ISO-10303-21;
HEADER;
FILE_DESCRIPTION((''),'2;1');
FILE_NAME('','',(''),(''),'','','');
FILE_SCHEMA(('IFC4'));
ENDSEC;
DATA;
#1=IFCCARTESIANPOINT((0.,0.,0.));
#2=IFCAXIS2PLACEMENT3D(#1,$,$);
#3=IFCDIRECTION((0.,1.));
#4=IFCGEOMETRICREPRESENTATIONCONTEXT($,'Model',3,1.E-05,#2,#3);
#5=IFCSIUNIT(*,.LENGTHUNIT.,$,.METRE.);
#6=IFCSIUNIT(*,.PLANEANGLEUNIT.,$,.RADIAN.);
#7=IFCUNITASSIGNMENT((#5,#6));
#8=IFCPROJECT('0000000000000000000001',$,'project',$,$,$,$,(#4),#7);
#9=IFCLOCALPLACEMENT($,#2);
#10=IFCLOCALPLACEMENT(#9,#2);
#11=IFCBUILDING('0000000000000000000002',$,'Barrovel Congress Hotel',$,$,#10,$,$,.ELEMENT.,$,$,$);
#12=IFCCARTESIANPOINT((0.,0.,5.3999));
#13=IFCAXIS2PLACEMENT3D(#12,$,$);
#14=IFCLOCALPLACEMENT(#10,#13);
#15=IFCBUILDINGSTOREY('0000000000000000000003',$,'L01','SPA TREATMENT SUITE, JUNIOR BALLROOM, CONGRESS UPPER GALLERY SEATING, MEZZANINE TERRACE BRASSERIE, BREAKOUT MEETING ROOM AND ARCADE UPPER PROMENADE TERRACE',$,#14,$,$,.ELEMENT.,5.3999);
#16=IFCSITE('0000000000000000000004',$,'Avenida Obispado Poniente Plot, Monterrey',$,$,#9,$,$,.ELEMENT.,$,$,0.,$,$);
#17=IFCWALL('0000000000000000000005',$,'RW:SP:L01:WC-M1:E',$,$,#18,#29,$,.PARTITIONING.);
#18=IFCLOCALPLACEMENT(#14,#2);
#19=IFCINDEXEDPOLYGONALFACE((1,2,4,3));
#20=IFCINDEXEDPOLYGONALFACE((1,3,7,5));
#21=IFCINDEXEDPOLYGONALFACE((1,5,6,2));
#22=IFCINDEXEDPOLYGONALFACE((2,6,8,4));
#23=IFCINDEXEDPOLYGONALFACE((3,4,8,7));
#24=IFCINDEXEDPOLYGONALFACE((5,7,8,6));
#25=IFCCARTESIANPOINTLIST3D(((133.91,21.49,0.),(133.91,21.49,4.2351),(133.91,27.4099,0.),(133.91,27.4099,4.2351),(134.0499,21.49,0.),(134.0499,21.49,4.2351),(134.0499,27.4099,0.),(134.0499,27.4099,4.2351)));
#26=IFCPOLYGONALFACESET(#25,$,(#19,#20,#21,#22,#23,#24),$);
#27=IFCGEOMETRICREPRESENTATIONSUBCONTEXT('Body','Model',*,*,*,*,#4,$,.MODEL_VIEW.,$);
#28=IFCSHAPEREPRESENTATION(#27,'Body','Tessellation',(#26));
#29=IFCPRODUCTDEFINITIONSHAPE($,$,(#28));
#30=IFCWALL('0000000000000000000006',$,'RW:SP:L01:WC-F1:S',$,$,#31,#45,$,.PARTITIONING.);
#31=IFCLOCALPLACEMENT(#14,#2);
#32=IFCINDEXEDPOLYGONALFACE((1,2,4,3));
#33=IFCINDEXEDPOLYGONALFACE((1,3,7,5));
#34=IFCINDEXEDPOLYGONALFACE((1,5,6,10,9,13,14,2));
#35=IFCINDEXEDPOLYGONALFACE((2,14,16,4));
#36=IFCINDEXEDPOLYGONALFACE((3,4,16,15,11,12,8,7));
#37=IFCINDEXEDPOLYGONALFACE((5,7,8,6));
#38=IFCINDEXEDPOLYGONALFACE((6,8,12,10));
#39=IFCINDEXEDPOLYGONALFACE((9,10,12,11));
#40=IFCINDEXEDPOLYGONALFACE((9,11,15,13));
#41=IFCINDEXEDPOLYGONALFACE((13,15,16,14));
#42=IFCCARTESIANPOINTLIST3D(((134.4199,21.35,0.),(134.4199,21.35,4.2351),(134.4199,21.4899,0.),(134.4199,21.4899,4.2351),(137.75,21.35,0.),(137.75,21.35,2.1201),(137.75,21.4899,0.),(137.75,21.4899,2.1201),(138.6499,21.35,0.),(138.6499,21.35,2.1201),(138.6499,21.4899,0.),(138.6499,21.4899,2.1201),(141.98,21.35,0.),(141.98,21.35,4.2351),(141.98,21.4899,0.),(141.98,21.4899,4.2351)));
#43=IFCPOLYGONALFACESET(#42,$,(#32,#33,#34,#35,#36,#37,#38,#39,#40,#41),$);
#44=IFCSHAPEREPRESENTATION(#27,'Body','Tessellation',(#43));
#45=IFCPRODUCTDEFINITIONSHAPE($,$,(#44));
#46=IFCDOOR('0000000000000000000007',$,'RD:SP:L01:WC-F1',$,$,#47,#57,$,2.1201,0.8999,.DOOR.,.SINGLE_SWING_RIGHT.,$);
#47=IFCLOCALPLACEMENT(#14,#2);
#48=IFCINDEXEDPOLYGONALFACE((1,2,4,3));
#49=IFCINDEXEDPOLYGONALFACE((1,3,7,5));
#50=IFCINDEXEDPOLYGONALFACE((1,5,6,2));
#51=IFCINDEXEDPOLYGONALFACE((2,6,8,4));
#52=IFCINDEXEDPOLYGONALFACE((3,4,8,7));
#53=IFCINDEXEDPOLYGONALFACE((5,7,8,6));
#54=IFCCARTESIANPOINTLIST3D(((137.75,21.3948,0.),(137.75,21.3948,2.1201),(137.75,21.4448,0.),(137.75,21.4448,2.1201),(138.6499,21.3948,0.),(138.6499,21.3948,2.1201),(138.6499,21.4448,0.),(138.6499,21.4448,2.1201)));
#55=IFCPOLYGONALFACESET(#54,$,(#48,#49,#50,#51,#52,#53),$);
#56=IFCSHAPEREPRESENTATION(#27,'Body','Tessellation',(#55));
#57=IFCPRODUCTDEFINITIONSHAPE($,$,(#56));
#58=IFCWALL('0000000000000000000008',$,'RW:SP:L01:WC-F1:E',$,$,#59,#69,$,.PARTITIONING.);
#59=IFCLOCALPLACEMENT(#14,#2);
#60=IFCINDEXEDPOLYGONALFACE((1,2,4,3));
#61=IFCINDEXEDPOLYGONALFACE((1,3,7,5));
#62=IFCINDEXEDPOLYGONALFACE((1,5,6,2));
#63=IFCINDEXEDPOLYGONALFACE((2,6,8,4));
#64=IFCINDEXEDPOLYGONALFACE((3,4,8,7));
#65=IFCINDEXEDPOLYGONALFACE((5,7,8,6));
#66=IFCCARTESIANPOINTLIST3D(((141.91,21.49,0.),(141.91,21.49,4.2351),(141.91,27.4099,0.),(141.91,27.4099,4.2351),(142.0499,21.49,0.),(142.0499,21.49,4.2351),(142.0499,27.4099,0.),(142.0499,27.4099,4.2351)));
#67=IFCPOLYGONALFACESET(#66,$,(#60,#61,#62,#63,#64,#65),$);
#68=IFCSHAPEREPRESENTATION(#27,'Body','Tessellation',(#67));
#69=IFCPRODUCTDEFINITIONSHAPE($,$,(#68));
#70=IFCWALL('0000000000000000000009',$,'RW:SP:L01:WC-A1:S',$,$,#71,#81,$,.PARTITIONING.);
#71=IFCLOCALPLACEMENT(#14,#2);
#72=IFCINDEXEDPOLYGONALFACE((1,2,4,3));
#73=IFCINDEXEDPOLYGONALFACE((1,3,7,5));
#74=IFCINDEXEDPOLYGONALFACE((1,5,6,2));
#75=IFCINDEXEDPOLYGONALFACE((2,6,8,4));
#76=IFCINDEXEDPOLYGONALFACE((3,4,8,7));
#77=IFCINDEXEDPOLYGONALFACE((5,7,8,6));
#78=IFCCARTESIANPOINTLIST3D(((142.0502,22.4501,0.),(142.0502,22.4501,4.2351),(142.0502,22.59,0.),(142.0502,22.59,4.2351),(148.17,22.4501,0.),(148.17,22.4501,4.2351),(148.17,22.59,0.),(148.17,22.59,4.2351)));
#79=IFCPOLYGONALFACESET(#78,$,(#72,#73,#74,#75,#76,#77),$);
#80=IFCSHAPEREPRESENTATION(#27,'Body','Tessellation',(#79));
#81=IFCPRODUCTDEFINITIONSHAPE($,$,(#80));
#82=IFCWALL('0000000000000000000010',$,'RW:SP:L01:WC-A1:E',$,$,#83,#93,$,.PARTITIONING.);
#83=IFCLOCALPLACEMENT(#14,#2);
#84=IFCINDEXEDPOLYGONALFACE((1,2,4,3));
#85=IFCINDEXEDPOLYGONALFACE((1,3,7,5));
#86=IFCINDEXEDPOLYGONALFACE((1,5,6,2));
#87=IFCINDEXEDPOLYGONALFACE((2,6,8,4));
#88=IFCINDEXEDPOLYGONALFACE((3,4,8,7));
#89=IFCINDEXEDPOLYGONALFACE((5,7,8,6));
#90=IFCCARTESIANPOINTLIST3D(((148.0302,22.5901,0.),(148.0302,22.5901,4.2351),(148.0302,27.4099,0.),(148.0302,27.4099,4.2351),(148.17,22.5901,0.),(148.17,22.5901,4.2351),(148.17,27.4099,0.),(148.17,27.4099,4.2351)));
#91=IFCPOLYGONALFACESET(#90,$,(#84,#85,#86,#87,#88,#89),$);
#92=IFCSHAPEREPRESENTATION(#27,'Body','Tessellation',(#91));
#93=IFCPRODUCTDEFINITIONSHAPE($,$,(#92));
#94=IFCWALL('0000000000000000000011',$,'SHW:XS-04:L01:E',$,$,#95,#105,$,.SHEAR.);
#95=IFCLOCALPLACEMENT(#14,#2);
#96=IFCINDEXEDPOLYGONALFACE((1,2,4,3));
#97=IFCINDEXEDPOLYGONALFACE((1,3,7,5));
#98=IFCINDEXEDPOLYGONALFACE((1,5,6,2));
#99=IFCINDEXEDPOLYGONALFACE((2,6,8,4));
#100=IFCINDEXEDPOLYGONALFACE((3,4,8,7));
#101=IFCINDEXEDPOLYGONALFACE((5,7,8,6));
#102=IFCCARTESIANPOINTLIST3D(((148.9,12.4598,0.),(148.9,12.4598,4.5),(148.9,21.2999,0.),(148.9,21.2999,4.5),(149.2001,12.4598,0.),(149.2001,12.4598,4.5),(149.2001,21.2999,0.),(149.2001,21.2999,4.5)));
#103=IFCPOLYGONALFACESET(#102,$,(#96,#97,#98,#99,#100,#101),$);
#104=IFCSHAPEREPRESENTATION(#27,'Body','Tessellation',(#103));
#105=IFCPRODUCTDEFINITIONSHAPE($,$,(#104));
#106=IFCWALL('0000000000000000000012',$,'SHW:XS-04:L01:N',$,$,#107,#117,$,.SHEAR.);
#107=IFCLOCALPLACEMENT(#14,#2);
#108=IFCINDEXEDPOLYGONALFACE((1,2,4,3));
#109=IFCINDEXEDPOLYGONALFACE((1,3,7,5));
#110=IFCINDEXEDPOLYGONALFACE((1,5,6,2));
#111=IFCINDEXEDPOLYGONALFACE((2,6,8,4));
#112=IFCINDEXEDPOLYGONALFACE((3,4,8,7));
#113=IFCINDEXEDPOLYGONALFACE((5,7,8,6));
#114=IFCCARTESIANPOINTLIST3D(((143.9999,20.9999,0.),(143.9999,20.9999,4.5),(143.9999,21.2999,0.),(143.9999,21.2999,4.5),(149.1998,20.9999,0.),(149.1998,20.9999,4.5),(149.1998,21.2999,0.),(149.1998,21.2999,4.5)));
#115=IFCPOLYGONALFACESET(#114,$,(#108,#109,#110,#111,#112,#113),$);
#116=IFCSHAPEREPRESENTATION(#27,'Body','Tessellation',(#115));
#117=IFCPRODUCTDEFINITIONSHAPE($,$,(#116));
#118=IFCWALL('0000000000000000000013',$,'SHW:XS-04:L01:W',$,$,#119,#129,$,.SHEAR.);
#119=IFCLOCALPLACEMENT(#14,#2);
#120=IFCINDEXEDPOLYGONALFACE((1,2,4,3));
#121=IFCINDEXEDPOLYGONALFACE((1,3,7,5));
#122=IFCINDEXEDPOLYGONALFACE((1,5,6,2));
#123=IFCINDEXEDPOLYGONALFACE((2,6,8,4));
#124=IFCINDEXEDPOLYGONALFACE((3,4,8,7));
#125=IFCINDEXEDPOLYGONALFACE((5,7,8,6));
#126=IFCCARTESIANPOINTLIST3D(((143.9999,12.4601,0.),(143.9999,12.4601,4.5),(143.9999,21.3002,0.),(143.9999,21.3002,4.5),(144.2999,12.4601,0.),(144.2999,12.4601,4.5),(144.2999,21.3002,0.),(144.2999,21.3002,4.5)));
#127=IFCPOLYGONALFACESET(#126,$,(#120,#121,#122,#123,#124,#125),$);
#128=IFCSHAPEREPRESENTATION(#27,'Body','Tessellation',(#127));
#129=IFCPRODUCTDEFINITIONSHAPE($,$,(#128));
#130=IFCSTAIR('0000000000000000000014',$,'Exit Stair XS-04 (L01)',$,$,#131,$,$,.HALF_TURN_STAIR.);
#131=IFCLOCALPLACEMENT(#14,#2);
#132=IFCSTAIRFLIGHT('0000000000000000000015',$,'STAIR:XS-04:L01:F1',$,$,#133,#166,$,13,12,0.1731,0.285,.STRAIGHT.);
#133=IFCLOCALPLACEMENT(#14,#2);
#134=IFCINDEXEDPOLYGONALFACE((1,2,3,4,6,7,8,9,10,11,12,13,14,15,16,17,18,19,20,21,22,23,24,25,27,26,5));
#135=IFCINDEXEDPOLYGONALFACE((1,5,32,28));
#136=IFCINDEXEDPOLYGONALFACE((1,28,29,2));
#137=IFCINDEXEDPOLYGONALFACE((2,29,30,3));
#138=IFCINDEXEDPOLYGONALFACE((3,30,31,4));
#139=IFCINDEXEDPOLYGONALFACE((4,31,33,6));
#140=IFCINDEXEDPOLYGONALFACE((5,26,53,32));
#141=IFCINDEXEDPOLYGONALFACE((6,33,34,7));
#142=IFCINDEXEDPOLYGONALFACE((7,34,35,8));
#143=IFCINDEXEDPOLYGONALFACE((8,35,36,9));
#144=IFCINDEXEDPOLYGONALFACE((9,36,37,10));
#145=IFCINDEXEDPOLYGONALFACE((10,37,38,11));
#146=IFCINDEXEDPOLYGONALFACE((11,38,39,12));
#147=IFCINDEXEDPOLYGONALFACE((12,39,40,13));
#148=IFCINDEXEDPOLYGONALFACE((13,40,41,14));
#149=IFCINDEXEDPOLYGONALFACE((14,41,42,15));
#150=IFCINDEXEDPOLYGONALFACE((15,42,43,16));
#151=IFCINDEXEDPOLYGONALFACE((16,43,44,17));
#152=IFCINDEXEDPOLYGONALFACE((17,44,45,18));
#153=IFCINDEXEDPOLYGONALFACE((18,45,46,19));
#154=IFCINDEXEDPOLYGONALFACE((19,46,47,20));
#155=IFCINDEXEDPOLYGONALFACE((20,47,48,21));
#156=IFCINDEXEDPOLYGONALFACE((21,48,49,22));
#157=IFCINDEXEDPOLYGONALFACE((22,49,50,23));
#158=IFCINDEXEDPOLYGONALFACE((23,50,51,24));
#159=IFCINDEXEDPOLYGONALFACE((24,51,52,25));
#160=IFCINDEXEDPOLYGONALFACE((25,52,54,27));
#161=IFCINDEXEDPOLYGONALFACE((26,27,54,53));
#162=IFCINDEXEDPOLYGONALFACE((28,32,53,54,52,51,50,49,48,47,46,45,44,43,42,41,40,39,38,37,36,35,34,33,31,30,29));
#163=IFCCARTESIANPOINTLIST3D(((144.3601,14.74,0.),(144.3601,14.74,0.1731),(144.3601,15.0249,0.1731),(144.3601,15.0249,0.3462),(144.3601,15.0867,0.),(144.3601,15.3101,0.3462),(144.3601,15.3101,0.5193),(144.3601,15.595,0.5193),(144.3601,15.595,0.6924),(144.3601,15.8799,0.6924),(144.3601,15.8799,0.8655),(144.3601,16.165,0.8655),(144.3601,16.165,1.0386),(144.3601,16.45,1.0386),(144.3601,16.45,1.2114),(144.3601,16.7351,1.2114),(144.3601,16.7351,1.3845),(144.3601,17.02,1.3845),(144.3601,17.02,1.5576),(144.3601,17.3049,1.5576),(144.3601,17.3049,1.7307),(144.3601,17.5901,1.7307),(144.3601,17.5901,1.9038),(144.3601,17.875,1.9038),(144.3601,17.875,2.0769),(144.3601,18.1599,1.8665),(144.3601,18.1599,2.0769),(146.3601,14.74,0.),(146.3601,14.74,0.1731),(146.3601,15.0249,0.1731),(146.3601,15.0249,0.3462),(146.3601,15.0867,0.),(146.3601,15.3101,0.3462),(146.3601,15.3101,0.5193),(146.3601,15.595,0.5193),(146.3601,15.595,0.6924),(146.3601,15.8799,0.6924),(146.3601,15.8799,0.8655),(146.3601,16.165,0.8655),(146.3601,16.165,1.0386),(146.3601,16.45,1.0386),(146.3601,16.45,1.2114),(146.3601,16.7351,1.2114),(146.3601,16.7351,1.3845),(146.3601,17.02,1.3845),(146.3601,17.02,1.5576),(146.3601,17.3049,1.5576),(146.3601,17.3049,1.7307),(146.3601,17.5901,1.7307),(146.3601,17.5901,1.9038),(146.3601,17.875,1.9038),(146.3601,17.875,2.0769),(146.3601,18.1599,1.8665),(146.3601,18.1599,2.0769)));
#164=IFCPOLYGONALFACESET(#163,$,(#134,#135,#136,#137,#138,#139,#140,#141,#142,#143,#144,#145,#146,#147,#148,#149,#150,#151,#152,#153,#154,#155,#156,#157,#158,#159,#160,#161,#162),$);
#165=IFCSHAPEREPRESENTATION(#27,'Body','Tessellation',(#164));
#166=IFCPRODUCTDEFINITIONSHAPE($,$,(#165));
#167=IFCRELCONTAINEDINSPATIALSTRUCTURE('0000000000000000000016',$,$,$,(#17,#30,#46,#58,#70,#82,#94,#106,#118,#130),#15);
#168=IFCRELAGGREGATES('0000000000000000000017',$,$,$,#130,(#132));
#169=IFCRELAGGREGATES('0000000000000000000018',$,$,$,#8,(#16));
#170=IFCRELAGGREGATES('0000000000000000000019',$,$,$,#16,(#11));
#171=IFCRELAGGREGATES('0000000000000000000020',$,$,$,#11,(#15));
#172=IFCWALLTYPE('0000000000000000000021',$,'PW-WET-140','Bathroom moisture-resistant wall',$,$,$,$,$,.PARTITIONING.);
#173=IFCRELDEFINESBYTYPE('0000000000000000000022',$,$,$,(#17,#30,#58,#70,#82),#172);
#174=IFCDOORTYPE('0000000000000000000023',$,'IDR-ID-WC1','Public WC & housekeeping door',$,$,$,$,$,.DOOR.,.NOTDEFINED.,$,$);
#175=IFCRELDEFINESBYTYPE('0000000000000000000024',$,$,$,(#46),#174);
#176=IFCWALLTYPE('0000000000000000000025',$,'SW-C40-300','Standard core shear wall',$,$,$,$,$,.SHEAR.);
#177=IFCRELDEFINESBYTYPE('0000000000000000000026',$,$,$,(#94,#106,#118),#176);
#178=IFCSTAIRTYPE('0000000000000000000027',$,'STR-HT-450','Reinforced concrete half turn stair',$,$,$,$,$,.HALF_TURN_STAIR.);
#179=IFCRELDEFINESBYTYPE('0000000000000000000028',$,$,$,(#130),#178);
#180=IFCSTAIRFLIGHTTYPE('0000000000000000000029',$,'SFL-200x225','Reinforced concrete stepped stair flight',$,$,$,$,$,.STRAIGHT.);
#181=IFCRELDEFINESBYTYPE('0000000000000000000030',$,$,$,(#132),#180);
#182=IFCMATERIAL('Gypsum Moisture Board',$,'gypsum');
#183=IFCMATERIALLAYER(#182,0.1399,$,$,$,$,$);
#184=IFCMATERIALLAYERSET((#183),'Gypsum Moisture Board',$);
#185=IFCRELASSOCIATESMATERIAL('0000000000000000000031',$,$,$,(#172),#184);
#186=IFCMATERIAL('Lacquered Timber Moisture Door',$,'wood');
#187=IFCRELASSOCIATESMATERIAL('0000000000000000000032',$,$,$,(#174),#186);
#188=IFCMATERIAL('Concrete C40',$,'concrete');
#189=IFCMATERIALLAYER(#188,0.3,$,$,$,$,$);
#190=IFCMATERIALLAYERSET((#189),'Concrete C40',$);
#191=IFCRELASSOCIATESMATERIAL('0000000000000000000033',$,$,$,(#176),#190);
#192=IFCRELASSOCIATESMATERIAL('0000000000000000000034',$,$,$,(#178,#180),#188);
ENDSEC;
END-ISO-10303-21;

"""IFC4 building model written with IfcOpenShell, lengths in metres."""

from ifc_helpers import new_model, si_unit, direction, frame, frame_2d, origin, place, context, subcontext, project, spatial, polyline, rectangle, outline, extrude, material, layer, layer_set, type_object, element, fill, aggregate, save


model = new_model("IFC4")

# Units and contexts
model_context = context("Model", 3, precision=1e-05, world=origin(), true_north=direction((0.0, 1.0)))
body_context = subcontext(model_context, "Body", "Model", "MODEL_VIEW")
ifc_project = project(units=[si_unit("LENGTHUNIT", "METRE"), si_unit("PLANEANGLEUNIT", "RADIAN")], contexts=[model_context])

# Site, building, storey
site_placement = place(None, origin())
site = spatial("IfcSite", under=ifc_project, at=site_placement, Name="Avenida Obispado Poniente Plot, Monterrey", CompositionType="ELEMENT", RefElevation=0.0)
building_placement = place(site_placement, origin())
building = spatial("IfcBuilding", under=site, at=building_placement, Name="Barrovel Congress Hotel", CompositionType="ELEMENT")
storey_placement = place(building_placement, frame((0.0, 0.0, 5.3999)))
storey = spatial("IfcBuildingStorey", under=building, at=storey_placement, Name="L01", Description="SPA TREATMENT SUITE, JUNIOR BALLROOM, CONGRESS UPPER GALLERY SEATING, MEZZANINE TERRACE BRASSERIE, BREAKOUT MEETING ROOM AND ARCADE UPPER PROMENADE TERRACE", CompositionType="ELEMENT", Elevation=5.3999)

# Shared definitions
ifc_material_1 = material(Name="Concrete C40", Category="concrete")

# Shared definitions
ifc_material_2 = material(Name="Gypsum Moisture Board", Category="gypsum")
ifc_layer_1 = layer(ifc_material_2, 0.1399)
ifc_layer_set_1 = layer_set([ifc_layer_1], Name="Gypsum Moisture Board")
wall_type_1 = type_object("IfcWallType", Name="PW-WET-140", Description="Bathroom moisture-resistant wall", PredefinedType="PARTITIONING", material=ifc_layer_set_1)

# Shared definitions
ifc_material_3 = material(Name="Lacquered Timber Moisture Door", Category="wood")
door_type_1 = type_object("IfcDoorType", Name="IDR-ID-WC1", Description="Public WC & housekeeping door", OperationType="NOTDEFINED", PredefinedType="DOOR", material=ifc_material_3)

# Wall
for number, where, z_axis, x_axis, name in (
    (1, (133.98, 21.49, 0.0), (0.0, 0.0, 1.0), (0.0, 1.0, 0.0), "RW:SP:L01:WC-M1:E"),
):
    element("IfcWall", number, at=place(storey_placement, frame(where, z_axis=z_axis, x_axis=x_axis)), inside=storey, type_object=wall_type_1, Name=name, PredefinedType="PARTITIONING", context=body_context, shape_type="SweptSolid", body=[
        extrude(rectangle(XDim=5.9199, YDim=0.1399, at=frame_2d((2.96, 0.0))), origin(), (0.0, 0.0, 1.0), 4.2351),
    ])

# Wall, opening, door
wall_1_placement = place(storey_placement, frame((134.4199, 21.4199, 0.0), z_axis=(0.0, 0.0, 1.0), x_axis=(1.0, 0.0, 0.0)))
wall_1 = element("IfcWall", 2, at=wall_1_placement, inside=storey, type_object=wall_type_1, Name="RW:SP:L01:WC-F1:S", PredefinedType="PARTITIONING", context=body_context, shape_type="SweptSolid", body=[
    extrude(rectangle(XDim=7.5601, YDim=0.1399, at=frame_2d((3.78, 0.0))), origin(), (0.0, 0.0, 1.0), 4.2351),
])
opening_1_placement = place(wall_1_placement, frame((3.3301, 0.0, 0.0)))
opening_1 = element("IfcOpeningElement", 3, at=opening_1_placement, cuts=wall_1, PredefinedType="OPENING", context=body_context, shape_type="SweptSolid", body=[
    extrude(rectangle(XDim=0.8999, YDim=2.1201, at=frame_2d((0.45, 1.0601))), frame((0.0, 0.0801, 0.0), z_axis=(0.0, -1.0, 0.0), x_axis=(1.0, 0.0, 0.0)), (0.0, 0.0, 1.0), 0.1599),
])
door_1_placement = place(opening_1_placement, origin())
door_1 = element("IfcDoor", 4, at=door_1_placement, inside=storey, type_object=door_type_1, Name="RD:SP:L01:WC-F1", OperationType="SINGLE_SWING_RIGHT", OverallHeight=2.1201, OverallWidth=0.8999, PredefinedType="DOOR", context=body_context, shape_type="SweptSolid", body=[
    extrude(rectangle(XDim=0.8999, YDim=2.1201, at=frame_2d((0.45, 1.0601))), frame((0.0, 0.0249, 0.0), z_axis=(0.0, -1.0, 0.0), x_axis=(1.0, 0.0, 0.0)), (0.0, 0.0, 1.0), 0.05),
])
fill(opening_1, door_1)

# Walls
wall_2_placement = place(storey_placement, frame((141.98, 21.49, 0.0), z_axis=(0.0, 0.0, 1.0), x_axis=(0.0, 1.0, 0.0)))
element("IfcWall", 5, at=wall_2_placement, inside=storey, type_object=wall_type_1, Name="RW:SP:L01:WC-F1:E", PredefinedType="PARTITIONING", context=body_context, shape_type="SweptSolid", body=[
    extrude(rectangle(XDim=5.9199, YDim=0.1399, at=frame_2d((2.96, 0.0))), origin(), (0.0, 0.0, 1.0), 4.2351),
])
wall_3_placement = place(storey_placement, frame((142.05, 22.52, 0.0), z_axis=(0.0, 0.0, 1.0), x_axis=(1.0, 0.0, 0.0)))
element("IfcWall", 6, at=wall_3_placement, inside=storey, type_object=wall_type_1, Name="RW:SP:L01:WC-A1:S", PredefinedType="PARTITIONING", context=body_context, shape_type="SweptSolid", body=[
    extrude(rectangle(XDim=6.1199, YDim=0.1399, at=frame_2d((3.0601, 0.0))), origin(), (0.0, 0.0, 1.0), 4.2351),
])
wall_4_placement = place(storey_placement, frame((148.1001, 22.5901, 0.0), z_axis=(0.0, 0.0, 1.0), x_axis=(0.0, 1.0, 0.0)))
element("IfcWall", 7, at=wall_4_placement, inside=storey, type_object=wall_type_1, Name="RW:SP:L01:WC-A1:E", PredefinedType="PARTITIONING", context=body_context, shape_type="SweptSolid", body=[
    extrude(rectangle(XDim=4.8198, YDim=0.1399, at=frame_2d((2.4099, 0.0))), origin(), (0.0, 0.0, 1.0), 4.2351),
])

# Shared definitions
ifc_layer_2 = layer(ifc_material_1, 0.3)
ifc_layer_set_2 = layer_set([ifc_layer_2], Name="Concrete C40")
wall_type_2 = type_object("IfcWallType", Name="SW-C40-300", Description="Standard core shear wall", PredefinedType="SHEAR", material=ifc_layer_set_2)

# Walls
wall_5_placement = place(storey_placement, frame((149.05, 12.46, 0.0), z_axis=(0.0, 0.0, 1.0), x_axis=(0.0, 1.0, 0.0)))
element("IfcWall", 8, at=wall_5_placement, inside=storey, type_object=wall_type_2, Name="SHW:XS-04:L01:E", PredefinedType="SHEAR", context=body_context, shape_type="SweptSolid", body=[
    extrude(rectangle(XDim=8.8401, YDim=0.3, at=frame_2d((4.4199, 0.0))), origin(), (0.0, 0.0, 1.0), 4.5),
])
wall_6_placement = place(storey_placement, frame((149.2, 21.1499, 0.0), z_axis=(0.0, 0.0, 1.0), x_axis=(-1.0, 0.0, 0.0)))
element("IfcWall", 9, at=wall_6_placement, inside=storey, type_object=wall_type_2, Name="SHW:XS-04:L01:N", PredefinedType="SHEAR", context=body_context, shape_type="SweptSolid", body=[
    extrude(rectangle(XDim=5.2, YDim=0.3, at=frame_2d((2.6001, 0.0))), origin(), (0.0, 0.0, 1.0), 4.5),
])
wall_7_placement = place(storey_placement, frame((144.1499, 21.3, 0.0), z_axis=(0.0, 0.0, 1.0), x_axis=(0.0, -1.0, 0.0)))
element("IfcWall", 10, at=wall_7_placement, inside=storey, type_object=wall_type_2, Name="SHW:XS-04:L01:W", PredefinedType="SHEAR", context=body_context, shape_type="SweptSolid", body=[
    extrude(rectangle(XDim=8.8401, YDim=0.3, at=frame_2d((4.4199, 0.0))), origin(), (0.0, 0.0, 1.0), 4.5),
])

# Stair, stair flight
stair_type = type_object("IfcStairType", Name="STR-HT-450", Description="Reinforced concrete half turn stair", PredefinedType="HALF_TURN_STAIR", material=ifc_material_1)
stair_placement = place(storey_placement, origin())
stair = element("IfcStair", 11, at=stair_placement, inside=storey, type_object=stair_type, Name="Exit Stair XS-04 (L01)", PredefinedType="HALF_TURN_STAIR")
stair_flight_type = type_object("IfcStairFlightType", Name="SFL-200x225", Description="Reinforced concrete stepped stair flight", PredefinedType="STRAIGHT", material=ifc_material_1)
stair_flight_1_placement = place(storey_placement, frame((145.3601, 14.74, 0.0), z_axis=(0.0, 0.0, 1.0), x_axis=(0.0, 1.0, 0.0)))
stair_flight_1 = element("IfcStairFlight", 12, at=stair_flight_1_placement, type_object=stair_flight_type, Name="STAIR:XS-04:L01:F1", NumberOfRisers=13, NumberOfTreads=12, PredefinedType="STRAIGHT", RiserHeight=0.1731, TreadLength=0.285, context=body_context, shape_type="SweptSolid", body=[
    extrude(outline(polyline([(0.0, 0.0), (0.0, 0.1731), (0.2849, 0.1731), (0.2849, 0.3462), (0.5701, 0.3462), (0.5701, 0.5193), (0.855, 0.5193), (0.855, 0.6924), (1.1399, 0.6924), (1.1399, 0.8655), (1.425, 0.8655), (1.425, 1.0386), (1.71, 1.0386), (1.71, 1.2114), (1.9951, 1.2114), (1.9951, 1.3845), (2.28, 1.3845), (2.28, 1.5576), (2.5649, 1.5576), (2.5649, 1.7307), (2.8501, 1.7307), (2.8501, 1.9038), (3.135, 1.9038), (3.135, 2.0769), (3.4199, 2.0769), (3.4199, 2.25), (3.4199, 1.8665), (0.3467, 0.0), (0.0, 0.0)])), frame((0.0, 1.0, 0.0), z_axis=(0.0, -1.0, 0.0), x_axis=(1.0, 0.0, 0.0)), (0.0, 0.0, 1.0), 2.0),
])
aggregate(stair, [stair_flight_1])

save(model, "model.ifc")
